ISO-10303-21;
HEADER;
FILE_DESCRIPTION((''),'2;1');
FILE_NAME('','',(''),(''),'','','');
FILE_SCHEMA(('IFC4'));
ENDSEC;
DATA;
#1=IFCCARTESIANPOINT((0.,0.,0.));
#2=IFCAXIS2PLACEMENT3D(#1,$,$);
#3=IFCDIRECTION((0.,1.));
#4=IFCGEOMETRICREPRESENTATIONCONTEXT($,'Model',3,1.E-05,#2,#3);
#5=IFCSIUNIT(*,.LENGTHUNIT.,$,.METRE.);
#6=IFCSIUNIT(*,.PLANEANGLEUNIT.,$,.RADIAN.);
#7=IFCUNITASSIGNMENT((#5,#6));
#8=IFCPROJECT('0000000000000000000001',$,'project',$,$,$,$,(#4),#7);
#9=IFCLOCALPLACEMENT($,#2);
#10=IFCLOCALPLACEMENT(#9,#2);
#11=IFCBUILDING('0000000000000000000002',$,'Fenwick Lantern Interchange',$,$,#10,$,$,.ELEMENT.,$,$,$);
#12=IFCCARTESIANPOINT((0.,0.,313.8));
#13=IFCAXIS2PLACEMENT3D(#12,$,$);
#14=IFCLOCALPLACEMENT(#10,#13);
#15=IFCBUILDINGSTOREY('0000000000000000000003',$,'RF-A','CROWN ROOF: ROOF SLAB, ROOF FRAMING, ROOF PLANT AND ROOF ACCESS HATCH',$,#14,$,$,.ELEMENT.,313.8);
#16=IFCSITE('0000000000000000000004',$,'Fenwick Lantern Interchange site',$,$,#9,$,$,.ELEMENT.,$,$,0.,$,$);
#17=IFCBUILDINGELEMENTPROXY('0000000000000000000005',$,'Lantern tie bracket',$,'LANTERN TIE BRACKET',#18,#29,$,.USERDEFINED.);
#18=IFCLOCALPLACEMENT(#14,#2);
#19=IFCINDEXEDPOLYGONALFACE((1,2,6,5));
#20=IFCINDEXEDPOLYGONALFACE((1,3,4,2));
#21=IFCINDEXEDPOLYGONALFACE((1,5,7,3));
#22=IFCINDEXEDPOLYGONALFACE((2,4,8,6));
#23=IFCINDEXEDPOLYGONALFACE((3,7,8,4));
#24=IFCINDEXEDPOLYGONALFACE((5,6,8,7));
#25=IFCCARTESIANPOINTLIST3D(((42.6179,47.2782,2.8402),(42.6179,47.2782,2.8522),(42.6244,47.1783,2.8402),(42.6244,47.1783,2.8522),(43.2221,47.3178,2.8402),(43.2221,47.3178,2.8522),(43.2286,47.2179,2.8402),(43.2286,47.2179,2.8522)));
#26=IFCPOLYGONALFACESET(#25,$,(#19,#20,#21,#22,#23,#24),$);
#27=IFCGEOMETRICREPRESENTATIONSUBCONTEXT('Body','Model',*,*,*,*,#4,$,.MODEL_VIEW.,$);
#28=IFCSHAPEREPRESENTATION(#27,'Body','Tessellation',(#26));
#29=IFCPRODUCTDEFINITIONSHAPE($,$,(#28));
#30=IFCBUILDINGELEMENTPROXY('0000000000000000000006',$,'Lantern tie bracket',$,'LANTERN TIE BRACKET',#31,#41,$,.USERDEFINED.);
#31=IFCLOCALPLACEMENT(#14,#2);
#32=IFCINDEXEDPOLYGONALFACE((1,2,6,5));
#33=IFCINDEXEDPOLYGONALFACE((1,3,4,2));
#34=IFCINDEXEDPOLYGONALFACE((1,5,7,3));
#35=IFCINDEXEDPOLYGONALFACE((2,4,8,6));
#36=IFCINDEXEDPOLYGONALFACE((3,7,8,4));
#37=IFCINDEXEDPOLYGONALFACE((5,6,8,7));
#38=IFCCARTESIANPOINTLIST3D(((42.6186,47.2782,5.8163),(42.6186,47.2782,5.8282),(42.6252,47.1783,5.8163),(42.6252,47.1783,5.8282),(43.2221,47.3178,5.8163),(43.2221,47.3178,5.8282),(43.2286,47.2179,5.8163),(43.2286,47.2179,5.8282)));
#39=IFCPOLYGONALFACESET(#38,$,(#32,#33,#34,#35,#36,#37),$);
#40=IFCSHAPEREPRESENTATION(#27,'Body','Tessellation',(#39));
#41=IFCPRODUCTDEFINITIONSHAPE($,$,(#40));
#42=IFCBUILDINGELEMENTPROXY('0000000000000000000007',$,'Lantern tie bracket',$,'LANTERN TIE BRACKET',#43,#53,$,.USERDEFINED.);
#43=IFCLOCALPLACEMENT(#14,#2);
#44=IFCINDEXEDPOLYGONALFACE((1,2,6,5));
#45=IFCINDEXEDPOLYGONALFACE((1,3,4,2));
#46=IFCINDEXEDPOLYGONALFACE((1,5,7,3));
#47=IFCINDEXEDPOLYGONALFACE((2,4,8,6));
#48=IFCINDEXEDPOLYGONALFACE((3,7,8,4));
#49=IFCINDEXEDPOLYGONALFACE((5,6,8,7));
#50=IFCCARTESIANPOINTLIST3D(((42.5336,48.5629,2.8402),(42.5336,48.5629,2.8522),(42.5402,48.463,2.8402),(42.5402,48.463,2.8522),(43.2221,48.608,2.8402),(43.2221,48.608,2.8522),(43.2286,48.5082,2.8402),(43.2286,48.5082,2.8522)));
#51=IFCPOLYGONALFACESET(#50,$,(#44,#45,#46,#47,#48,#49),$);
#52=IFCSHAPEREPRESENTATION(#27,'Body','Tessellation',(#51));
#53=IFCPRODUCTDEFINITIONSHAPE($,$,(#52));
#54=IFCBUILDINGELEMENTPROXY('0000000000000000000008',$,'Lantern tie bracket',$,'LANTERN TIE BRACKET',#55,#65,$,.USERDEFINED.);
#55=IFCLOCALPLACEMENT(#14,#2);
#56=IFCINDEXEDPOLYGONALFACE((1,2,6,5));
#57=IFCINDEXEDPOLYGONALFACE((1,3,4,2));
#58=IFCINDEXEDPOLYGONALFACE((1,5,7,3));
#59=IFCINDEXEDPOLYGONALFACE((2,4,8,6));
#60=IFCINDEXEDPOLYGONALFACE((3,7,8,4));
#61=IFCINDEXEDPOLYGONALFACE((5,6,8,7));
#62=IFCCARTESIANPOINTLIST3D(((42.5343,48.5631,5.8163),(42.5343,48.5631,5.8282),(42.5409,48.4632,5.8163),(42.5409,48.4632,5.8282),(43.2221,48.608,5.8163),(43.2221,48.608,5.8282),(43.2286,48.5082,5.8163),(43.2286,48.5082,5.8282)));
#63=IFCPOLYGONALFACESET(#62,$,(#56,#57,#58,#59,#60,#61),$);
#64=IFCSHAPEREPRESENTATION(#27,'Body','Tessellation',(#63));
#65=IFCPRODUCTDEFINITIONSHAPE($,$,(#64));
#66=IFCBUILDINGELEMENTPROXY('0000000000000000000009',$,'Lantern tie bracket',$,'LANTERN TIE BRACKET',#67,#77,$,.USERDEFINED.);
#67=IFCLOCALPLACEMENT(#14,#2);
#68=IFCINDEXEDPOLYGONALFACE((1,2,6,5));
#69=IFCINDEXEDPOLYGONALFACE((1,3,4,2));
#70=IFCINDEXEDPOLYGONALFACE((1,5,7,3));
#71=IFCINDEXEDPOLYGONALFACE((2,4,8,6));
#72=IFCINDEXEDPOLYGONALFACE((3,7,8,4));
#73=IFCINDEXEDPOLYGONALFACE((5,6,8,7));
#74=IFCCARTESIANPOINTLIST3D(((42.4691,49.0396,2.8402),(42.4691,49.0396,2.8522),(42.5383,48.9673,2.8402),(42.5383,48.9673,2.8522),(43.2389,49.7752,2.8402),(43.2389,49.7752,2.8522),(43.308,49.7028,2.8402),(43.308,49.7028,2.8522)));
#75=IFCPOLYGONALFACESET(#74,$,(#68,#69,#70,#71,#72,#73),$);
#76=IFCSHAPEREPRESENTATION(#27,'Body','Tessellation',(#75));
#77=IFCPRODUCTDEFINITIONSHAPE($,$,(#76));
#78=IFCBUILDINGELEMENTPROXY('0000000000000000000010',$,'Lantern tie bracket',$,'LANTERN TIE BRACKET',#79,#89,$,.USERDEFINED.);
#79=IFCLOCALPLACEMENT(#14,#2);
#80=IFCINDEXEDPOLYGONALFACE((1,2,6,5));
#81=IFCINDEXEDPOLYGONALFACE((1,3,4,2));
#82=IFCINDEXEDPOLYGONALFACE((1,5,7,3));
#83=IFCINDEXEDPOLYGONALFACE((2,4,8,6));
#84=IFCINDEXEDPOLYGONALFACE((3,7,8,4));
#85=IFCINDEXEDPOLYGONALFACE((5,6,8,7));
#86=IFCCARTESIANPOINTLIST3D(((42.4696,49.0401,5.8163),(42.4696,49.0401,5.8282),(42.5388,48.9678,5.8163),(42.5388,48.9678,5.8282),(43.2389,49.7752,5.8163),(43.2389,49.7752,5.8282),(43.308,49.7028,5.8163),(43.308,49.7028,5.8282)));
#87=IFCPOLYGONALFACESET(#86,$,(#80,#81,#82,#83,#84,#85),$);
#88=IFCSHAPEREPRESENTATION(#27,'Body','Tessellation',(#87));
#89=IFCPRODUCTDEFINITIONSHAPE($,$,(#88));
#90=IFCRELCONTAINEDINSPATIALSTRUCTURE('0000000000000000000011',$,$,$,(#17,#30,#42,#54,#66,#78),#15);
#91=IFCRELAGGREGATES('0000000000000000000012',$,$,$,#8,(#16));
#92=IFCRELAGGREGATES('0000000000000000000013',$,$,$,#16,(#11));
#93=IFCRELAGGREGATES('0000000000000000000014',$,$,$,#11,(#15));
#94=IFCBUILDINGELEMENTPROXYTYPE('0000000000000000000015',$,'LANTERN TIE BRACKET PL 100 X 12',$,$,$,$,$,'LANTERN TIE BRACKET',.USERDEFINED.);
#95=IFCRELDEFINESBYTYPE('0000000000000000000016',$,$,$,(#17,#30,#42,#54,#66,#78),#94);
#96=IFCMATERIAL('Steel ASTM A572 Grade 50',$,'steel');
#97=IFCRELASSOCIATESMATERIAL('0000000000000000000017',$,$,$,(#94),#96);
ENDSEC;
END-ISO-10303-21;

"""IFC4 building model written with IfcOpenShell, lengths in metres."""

from ifc_helpers import new_model, si_unit, direction, frame, origin, origin_2d, place, context, subcontext, project, spatial, rectangle, extrude, material, material_profile, profile_set, type_object, element, save


model = new_model("IFC4")

# Units and contexts
model_context = context("Model", 3, precision=1e-05, world=origin(), true_north=direction((0.0, 1.0)))
body_context = subcontext(model_context, "Body", "Model", "MODEL_VIEW")
ifc_project = project(units=[si_unit("LENGTHUNIT", "METRE"), si_unit("PLANEANGLEUNIT", "RADIAN")], contexts=[model_context])

# Site, building, storey
site_placement = place(None, origin())
site = spatial("IfcSite", under=ifc_project, at=site_placement, Name="Fenwick Lantern Interchange site", CompositionType="ELEMENT", RefElevation=0.0)
building_placement = place(site_placement, origin())
building = spatial("IfcBuilding", under=site, at=building_placement, Name="Fenwick Lantern Interchange", CompositionType="ELEMENT")
storey_placement = place(building_placement, frame((0.0, 0.0, 313.8)))
storey = spatial("IfcBuildingStorey", under=building, at=storey_placement, Name="RF-A", Description="CROWN ROOF: ROOF SLAB, ROOF FRAMING, ROOF PLANT AND ROOF ACCESS HATCH", CompositionType="ELEMENT", Elevation=313.8)

# Building element proxies
ifc_material_1 = material(Name="Steel ASTM A572 Grade 50", Category="steel")
ifc_material_profile_1 = material_profile(ifc_material_1, rectangle(XDim=0.1001, YDim=0.012, at=origin_2d()), Name="PL100X12")
ifc_profile_set_1 = profile_set([ifc_material_profile_1], Name="Steel ASTM A572 Grade 50")
building_element_proxy_type = type_object("IfcBuildingElementProxyType", Name="LANTERN TIE BRACKET PL 100 X 12", ElementType="LANTERN TIE BRACKET", PredefinedType="USERDEFINED", material=ifc_profile_set_1)
proxy_1_placement = place(storey_placement, frame((43.2253, 47.2678, 2.8462), z_axis=(-0.997865, -0.065315, 0.0), x_axis=(0.065315, -0.997865, 0.0)))
element("IfcBuildingElementProxy", 1, at=proxy_1_placement, inside=storey, type_object=building_element_proxy_type, Name="Lantern tie bracket", ObjectType="LANTERN TIE BRACKET", PredefinedType="USERDEFINED", context=body_context, shape_type="SweptSolid", body=[
    extrude(rectangle(XDim=0.1001, YDim=0.012, at=origin_2d()), origin(), (0.0, 0.0, 1.0), 0.6055),
])
proxy_2_placement = place(storey_placement, frame((43.2253, 47.2678, 5.8223), z_axis=(-0.99786, -0.065394, 0.0), x_axis=(0.065394, -0.99786, 0.0)))
element("IfcBuildingElementProxy", 2, at=proxy_2_placement, inside=storey, type_object=building_element_proxy_type, Name="Lantern tie bracket", ObjectType="LANTERN TIE BRACKET", PredefinedType="USERDEFINED", context=body_context, shape_type="SweptSolid", body=[
    extrude(rectangle(XDim=0.1001, YDim=0.012, at=origin_2d()), origin(), (0.0, 0.0, 1.0), 0.6047),
])
proxy_3_placement = place(storey_placement, frame((43.2253, 48.5581, 2.8462), z_axis=(-0.997855, -0.065462, 0.0), x_axis=(0.065462, -0.997855, 0.0)))
element("IfcBuildingElementProxy", 3, at=proxy_3_placement, inside=storey, type_object=building_element_proxy_type, Name="Lantern tie bracket", ObjectType="LANTERN TIE BRACKET", PredefinedType="USERDEFINED", context=body_context, shape_type="SweptSolid", body=[
    extrude(rectangle(XDim=0.1001, YDim=0.012, at=origin_2d()), origin(), (0.0, 0.0, 1.0), 0.6899),
])
proxy_4_placement = place(storey_placement, frame((43.2253, 48.5581, 5.8223), z_axis=(-0.997874, -0.065179, 0.0), x_axis=(0.065179, -0.997874, 0.0)))
element("IfcBuildingElementProxy", 4, at=proxy_4_placement, inside=storey, type_object=building_element_proxy_type, Name="Lantern tie bracket", ObjectType="LANTERN TIE BRACKET", PredefinedType="USERDEFINED", context=body_context, shape_type="SweptSolid", body=[
    extrude(rectangle(XDim=0.1001, YDim=0.012, at=origin_2d()), origin(), (0.0, 0.0, 1.0), 0.6892),
])
proxy_5_placement = place(storey_placement, frame((43.2734, 49.739, 2.8462), z_axis=(-0.722975, -0.690874, 0.0), x_axis=(0.690874, -0.722975, 0.0)))
element("IfcBuildingElementProxy", 5, at=proxy_5_placement, inside=storey, type_object=building_element_proxy_type, Name="Lantern tie bracket", ObjectType="LANTERN TIE BRACKET", PredefinedType="USERDEFINED", context=body_context, shape_type="SweptSolid", body=[
    extrude(rectangle(XDim=0.1001, YDim=0.012, at=origin_2d()), origin(), (0.0, 0.0, 1.0), 1.0647),
])
proxy_6_placement = place(storey_placement, frame((43.2734, 49.739, 5.8223), z_axis=(-0.722986, -0.690863, 0.0), x_axis=(0.690863, -0.722986, 0.0)))
element("IfcBuildingElementProxy", 6, at=proxy_6_placement, inside=storey, type_object=building_element_proxy_type, Name="Lantern tie bracket", ObjectType="LANTERN TIE BRACKET", PredefinedType="USERDEFINED", context=body_context, shape_type="SweptSolid", body=[
    extrude(rectangle(XDim=0.1001, YDim=0.012, at=origin_2d()), origin(), (0.0, 0.0, 1.0), 1.064),
])

save(model, "model.ifc")
